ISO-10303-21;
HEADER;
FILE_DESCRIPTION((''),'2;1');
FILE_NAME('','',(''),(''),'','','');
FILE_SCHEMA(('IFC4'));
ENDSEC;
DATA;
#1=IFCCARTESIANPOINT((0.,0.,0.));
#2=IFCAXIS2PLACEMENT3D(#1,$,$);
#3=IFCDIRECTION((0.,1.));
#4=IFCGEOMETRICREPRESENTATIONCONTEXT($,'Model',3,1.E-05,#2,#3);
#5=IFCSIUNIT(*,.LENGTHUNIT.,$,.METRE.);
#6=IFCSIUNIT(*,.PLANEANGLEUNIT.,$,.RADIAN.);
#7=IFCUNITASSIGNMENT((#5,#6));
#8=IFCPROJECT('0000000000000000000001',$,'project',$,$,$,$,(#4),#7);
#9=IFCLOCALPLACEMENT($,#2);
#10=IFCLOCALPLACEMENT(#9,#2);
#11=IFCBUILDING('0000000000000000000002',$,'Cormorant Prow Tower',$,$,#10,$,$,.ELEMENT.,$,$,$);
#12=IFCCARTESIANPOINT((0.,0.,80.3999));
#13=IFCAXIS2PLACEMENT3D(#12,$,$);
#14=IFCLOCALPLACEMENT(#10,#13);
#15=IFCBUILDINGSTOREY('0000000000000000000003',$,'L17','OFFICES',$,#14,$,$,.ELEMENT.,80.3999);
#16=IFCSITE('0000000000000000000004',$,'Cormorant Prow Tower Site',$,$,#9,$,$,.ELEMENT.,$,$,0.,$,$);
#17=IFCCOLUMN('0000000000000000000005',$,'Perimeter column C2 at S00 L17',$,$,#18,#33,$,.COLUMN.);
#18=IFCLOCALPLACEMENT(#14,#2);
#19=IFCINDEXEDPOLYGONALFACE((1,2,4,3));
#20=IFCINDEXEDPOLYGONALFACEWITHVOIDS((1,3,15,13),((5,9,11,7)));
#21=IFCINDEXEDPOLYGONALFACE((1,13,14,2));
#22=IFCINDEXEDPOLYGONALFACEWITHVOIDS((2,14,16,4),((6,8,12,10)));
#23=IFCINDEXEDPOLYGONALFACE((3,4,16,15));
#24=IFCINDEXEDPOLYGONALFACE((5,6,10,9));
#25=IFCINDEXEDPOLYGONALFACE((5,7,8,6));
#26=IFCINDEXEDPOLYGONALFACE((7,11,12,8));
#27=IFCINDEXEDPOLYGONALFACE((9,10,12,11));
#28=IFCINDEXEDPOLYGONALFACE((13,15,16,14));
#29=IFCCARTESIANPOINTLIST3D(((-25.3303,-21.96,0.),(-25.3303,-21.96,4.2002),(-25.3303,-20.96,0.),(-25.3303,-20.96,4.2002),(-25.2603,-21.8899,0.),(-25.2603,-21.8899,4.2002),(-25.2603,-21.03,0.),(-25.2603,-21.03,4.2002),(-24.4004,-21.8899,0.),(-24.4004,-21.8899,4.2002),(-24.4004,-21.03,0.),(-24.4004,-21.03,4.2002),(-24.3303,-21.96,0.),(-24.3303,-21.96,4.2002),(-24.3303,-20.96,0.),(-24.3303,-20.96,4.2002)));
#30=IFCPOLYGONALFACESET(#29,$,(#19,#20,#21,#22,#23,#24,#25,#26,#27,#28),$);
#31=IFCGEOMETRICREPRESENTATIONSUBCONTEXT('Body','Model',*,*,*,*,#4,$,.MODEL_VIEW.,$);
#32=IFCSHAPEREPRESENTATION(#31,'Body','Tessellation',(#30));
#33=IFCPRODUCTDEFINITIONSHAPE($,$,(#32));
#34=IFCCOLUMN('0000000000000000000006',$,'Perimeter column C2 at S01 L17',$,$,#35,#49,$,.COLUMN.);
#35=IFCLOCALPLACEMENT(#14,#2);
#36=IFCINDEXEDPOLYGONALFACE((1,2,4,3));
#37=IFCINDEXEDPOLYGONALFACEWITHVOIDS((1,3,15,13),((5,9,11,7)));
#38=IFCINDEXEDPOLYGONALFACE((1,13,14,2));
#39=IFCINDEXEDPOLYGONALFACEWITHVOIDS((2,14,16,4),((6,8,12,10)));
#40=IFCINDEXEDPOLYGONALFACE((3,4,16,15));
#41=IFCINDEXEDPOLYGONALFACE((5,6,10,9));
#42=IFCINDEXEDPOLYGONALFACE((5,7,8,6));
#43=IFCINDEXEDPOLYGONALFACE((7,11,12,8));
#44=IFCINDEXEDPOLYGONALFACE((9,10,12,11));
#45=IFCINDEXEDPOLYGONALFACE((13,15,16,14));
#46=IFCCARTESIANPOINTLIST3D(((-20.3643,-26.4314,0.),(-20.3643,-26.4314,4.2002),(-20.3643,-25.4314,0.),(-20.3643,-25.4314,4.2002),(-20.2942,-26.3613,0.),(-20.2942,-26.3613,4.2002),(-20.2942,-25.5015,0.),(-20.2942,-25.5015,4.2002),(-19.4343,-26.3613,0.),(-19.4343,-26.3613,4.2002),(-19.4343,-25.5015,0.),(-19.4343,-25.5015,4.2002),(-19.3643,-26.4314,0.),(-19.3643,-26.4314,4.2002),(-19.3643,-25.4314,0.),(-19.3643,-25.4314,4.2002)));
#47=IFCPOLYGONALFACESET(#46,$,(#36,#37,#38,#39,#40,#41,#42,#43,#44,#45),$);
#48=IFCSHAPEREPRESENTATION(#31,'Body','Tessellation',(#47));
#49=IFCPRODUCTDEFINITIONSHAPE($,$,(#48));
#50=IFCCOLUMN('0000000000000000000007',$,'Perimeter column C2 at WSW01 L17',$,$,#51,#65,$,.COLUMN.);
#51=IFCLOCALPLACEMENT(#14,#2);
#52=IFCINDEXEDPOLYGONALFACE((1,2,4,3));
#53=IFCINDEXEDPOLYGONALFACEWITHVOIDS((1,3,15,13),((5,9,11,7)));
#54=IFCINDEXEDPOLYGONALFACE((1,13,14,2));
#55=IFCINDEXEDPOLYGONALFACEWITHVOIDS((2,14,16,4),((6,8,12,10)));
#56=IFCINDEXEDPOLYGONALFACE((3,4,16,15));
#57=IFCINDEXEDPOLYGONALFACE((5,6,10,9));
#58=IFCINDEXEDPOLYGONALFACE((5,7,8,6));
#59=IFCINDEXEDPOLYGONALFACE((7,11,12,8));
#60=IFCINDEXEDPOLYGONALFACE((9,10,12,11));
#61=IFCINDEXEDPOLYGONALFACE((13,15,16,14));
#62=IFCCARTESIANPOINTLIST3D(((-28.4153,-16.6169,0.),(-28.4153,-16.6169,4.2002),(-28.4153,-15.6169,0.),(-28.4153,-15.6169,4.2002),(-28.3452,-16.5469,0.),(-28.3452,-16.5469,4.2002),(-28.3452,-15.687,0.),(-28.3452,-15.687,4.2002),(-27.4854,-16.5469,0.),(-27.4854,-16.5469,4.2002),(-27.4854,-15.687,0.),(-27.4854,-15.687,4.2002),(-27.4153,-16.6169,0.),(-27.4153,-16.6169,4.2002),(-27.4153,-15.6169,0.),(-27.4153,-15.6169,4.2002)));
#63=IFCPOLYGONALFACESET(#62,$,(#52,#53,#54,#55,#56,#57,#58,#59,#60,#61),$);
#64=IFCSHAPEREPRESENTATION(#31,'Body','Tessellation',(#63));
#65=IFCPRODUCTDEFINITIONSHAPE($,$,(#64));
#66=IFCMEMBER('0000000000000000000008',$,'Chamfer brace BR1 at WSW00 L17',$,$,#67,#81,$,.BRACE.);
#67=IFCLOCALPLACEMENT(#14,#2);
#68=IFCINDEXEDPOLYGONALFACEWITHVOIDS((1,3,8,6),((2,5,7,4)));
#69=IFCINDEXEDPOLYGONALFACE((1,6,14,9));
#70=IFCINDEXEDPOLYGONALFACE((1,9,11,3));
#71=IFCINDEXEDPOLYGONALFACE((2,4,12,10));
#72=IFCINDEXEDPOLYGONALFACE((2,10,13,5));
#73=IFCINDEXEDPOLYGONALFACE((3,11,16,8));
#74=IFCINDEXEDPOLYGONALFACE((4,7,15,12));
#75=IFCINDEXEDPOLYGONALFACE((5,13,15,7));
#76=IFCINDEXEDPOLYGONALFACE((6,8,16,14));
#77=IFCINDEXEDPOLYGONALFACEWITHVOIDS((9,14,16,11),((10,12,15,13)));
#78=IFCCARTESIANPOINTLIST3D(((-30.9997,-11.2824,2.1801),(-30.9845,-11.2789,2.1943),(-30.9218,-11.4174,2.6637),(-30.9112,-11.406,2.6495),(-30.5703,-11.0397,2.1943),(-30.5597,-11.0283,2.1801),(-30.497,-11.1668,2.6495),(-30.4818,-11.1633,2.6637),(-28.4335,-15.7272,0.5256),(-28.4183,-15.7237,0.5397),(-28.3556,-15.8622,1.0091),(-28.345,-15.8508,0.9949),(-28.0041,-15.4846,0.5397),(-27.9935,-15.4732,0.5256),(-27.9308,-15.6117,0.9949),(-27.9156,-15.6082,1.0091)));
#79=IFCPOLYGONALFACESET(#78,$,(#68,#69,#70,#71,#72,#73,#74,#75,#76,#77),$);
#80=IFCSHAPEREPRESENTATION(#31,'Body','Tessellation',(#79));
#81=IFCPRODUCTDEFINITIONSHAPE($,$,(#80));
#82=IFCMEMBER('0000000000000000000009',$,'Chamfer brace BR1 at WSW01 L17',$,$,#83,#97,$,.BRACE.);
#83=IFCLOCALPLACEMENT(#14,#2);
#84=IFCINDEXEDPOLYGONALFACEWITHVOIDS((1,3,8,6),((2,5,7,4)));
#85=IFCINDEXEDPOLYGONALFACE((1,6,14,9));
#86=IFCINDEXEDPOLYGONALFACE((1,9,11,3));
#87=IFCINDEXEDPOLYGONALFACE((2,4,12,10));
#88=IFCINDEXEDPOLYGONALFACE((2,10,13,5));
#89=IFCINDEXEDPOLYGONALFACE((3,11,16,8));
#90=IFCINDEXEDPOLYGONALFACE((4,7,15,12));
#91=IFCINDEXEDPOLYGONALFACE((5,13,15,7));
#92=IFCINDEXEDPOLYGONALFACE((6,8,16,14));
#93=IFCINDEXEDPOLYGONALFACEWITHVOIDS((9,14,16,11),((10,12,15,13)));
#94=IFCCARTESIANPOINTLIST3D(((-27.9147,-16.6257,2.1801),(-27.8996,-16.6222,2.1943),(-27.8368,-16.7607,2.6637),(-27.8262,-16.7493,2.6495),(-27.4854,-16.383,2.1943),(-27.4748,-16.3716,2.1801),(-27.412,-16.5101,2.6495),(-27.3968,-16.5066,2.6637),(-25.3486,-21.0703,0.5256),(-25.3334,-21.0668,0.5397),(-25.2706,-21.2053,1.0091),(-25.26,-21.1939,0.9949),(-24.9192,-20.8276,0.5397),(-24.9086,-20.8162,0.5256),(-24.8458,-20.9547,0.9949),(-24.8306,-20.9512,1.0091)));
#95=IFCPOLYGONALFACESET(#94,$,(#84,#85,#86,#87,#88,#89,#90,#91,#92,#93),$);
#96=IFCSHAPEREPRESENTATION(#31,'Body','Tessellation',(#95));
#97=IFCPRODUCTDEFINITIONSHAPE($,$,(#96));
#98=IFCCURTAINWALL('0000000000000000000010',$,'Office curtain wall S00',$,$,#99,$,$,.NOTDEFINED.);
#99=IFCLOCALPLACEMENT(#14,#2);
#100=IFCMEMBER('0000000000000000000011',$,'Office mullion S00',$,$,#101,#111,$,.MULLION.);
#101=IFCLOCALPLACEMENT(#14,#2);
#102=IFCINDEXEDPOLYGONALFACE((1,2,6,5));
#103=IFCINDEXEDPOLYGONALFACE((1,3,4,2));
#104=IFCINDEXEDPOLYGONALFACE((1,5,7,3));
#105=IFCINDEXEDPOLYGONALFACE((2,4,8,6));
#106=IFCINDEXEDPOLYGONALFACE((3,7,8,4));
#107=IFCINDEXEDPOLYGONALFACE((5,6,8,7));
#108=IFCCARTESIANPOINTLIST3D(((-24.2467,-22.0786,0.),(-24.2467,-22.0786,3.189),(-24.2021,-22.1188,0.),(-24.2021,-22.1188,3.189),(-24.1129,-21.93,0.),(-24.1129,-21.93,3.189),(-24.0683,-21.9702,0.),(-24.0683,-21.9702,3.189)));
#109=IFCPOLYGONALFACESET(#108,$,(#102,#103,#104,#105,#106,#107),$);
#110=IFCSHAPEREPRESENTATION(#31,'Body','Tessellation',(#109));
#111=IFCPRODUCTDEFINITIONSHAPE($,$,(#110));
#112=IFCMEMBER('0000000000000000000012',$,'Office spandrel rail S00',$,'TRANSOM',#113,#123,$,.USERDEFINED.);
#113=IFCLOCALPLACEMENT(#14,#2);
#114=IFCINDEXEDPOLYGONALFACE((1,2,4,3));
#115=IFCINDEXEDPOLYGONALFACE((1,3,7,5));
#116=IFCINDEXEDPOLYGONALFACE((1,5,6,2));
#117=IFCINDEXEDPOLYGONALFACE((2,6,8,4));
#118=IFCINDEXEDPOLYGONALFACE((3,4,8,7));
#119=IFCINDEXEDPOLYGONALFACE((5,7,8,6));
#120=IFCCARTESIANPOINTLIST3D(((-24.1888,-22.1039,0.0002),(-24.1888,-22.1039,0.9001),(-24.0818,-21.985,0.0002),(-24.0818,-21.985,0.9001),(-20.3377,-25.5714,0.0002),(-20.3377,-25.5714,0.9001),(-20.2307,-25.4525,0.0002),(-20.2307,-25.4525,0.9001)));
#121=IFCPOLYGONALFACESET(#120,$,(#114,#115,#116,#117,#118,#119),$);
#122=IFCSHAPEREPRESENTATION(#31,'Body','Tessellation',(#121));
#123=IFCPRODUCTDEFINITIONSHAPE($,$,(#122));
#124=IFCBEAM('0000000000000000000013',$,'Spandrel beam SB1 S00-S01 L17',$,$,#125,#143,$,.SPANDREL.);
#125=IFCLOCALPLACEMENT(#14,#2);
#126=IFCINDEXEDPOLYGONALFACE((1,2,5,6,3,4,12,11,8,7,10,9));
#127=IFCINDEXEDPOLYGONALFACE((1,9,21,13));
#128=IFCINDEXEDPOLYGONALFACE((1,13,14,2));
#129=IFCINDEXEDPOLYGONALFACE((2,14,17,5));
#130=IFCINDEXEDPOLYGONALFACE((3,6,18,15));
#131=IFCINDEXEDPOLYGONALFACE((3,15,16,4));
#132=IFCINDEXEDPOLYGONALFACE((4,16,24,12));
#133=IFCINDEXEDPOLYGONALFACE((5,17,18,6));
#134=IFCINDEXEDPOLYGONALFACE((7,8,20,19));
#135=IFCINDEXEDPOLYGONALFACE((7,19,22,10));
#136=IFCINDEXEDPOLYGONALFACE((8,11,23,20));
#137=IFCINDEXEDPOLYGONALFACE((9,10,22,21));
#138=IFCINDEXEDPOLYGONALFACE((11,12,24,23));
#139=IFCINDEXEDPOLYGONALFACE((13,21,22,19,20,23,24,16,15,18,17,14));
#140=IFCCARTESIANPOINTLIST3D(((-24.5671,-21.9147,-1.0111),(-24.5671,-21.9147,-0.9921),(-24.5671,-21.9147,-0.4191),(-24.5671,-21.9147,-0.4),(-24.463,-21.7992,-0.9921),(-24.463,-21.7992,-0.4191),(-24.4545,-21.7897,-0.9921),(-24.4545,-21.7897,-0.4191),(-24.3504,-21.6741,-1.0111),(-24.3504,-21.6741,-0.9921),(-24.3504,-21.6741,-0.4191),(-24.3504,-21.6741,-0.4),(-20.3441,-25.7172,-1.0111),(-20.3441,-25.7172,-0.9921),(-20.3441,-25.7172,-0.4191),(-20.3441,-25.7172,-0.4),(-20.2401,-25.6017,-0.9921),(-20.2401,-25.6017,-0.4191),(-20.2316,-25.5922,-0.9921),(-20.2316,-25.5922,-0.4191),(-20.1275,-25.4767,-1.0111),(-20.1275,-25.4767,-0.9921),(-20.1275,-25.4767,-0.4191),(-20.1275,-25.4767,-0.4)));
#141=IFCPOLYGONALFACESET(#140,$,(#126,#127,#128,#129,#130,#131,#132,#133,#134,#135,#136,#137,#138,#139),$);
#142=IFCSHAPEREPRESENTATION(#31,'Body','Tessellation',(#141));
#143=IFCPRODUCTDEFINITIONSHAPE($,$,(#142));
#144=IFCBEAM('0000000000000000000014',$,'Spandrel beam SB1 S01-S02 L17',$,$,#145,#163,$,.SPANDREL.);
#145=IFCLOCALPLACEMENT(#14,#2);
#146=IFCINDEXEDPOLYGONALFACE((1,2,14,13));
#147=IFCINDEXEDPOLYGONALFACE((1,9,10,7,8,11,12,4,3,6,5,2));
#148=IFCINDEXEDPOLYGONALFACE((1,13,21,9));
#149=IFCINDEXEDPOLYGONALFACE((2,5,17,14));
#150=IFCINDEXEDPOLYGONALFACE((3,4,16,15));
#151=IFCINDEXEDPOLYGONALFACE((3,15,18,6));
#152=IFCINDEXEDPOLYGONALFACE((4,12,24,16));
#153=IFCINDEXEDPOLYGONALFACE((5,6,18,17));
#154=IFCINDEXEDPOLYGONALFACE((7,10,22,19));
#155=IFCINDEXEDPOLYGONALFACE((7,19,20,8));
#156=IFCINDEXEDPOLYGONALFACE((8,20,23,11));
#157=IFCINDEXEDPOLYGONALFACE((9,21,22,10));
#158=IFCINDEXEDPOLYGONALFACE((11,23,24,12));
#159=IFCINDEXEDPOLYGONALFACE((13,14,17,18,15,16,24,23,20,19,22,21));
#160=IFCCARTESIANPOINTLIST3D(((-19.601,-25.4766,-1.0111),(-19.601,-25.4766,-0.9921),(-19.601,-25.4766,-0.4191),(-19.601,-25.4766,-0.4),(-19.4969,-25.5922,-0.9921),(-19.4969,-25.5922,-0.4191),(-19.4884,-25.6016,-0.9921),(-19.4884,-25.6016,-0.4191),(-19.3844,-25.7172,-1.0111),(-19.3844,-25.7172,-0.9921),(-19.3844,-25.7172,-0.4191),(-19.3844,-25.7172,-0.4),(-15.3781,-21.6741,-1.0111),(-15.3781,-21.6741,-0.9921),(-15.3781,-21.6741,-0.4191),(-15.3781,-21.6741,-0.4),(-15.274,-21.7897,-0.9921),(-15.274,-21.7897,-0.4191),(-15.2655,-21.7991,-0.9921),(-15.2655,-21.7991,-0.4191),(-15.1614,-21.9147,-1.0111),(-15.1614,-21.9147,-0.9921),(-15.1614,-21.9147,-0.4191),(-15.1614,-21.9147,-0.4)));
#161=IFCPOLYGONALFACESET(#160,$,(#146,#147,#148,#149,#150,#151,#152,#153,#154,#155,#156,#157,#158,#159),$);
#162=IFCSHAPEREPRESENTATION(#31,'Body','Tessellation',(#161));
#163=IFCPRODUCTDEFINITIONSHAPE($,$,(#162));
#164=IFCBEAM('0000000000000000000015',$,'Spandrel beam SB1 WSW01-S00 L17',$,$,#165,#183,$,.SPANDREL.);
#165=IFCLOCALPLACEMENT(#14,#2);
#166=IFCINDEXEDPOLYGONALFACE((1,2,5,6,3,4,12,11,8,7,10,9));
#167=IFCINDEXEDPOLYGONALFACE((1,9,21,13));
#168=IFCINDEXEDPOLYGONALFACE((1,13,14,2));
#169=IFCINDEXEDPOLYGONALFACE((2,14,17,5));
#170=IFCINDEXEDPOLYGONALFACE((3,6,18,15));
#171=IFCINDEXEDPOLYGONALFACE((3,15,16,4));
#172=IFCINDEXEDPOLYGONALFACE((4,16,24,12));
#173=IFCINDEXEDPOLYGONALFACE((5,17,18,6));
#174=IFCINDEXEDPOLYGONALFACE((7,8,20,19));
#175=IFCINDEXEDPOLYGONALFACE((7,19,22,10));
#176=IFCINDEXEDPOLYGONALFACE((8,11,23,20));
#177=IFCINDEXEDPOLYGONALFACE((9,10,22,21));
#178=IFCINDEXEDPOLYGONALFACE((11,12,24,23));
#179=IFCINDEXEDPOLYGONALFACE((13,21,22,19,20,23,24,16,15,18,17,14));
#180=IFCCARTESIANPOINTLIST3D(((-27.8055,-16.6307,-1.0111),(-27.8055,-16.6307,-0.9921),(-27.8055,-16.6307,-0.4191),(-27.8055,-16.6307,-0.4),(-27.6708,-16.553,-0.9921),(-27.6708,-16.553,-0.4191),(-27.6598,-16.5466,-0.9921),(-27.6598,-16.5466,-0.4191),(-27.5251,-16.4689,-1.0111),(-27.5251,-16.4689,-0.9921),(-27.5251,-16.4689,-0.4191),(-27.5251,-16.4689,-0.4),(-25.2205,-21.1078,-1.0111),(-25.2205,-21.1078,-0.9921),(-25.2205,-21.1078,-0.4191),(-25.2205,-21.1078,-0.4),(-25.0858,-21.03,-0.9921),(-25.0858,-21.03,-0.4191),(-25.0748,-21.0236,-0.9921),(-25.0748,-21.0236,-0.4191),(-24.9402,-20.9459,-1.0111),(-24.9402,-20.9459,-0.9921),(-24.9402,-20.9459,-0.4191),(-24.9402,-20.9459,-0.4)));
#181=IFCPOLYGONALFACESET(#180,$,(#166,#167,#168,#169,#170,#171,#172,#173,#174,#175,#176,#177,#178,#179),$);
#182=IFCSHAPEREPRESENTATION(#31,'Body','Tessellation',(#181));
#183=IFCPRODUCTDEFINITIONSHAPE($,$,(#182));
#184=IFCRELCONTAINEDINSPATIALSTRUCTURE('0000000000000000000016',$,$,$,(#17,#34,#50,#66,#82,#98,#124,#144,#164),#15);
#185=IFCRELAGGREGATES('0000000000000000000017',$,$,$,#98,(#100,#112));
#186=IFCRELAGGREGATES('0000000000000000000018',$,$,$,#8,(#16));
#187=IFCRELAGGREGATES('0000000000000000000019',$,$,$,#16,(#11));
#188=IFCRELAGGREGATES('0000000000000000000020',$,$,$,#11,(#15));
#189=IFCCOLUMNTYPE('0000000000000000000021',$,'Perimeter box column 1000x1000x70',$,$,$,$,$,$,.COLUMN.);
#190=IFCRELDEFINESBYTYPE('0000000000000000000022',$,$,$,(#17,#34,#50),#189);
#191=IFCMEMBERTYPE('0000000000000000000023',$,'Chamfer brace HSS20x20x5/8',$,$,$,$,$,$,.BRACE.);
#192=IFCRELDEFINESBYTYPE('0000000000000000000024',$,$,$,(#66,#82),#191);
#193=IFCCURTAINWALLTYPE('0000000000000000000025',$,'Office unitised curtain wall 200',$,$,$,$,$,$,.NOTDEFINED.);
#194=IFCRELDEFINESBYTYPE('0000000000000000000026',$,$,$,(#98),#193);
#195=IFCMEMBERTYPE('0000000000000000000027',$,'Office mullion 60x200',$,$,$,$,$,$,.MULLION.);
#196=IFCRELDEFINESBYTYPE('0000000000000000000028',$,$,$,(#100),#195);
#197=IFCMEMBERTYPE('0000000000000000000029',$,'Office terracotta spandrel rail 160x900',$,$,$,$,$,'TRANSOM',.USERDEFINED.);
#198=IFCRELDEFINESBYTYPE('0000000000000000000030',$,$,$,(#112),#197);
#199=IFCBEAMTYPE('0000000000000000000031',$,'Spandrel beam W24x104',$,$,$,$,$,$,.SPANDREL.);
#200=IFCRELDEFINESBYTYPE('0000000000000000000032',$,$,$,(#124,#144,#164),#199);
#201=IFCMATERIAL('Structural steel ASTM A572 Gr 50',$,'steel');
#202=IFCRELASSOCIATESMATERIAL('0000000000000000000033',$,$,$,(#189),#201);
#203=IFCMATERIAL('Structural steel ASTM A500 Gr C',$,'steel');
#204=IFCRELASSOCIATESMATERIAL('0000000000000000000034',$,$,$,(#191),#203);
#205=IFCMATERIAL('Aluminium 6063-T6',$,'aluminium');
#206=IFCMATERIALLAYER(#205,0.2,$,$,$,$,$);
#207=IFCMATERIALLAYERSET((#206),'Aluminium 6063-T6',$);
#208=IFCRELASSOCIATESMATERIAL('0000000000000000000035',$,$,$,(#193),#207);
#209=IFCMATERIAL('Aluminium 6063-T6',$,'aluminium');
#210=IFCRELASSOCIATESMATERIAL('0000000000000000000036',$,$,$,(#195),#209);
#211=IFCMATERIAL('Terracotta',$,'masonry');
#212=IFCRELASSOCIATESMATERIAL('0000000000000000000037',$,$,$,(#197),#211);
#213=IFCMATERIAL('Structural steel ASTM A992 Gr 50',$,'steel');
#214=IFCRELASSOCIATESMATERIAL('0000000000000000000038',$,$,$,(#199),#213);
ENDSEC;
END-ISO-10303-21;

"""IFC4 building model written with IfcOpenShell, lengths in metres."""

from ifc_helpers import new_model, si_unit, direction, frame, origin, origin_2d, place, context, subcontext, project, spatial, rectangle, hollow_rectangle, i_section, extrude, material, layer, layer_set, material_profile, profile_set, type_object, element, aggregate, save


model = new_model("IFC4")

# Units and contexts
model_context = context("Model", 3, precision=1e-05, world=origin(), true_north=direction((0.0, 1.0)))
body_context = subcontext(model_context, "Body", "Model", "MODEL_VIEW")
ifc_project = project(units=[si_unit("LENGTHUNIT", "METRE"), si_unit("PLANEANGLEUNIT", "RADIAN")], contexts=[model_context])

# Site, building, storey
site_placement = place(None, origin())
site = spatial("IfcSite", under=ifc_project, at=site_placement, Name="Cormorant Prow Tower Site", CompositionType="ELEMENT", RefElevation=0.0)
building_placement = place(site_placement, origin())
building = spatial("IfcBuilding", under=site, at=building_placement, Name="Cormorant Prow Tower", CompositionType="ELEMENT")
storey_placement = place(building_placement, frame((0.0, 0.0, 80.3999)))
storey = spatial("IfcBuildingStorey", under=building, at=storey_placement, Name="L17", Description="OFFICES", CompositionType="ELEMENT", Elevation=80.3999)

# Columns
ifc_material_1 = material(Name="Structural steel ASTM A572 Gr 50", Category="steel")
ifc_material_profile_1 = material_profile(ifc_material_1, hollow_rectangle(XDim=1.0, YDim=1.0, WallThickness=0.0701, at=origin_2d()), Name="Box 1000x1000x70")
ifc_profile_set_1 = profile_set([ifc_material_profile_1], Name="Structural steel ASTM A572 Gr 50")
column_type = type_object("IfcColumnType", Name="Perimeter box column 1000x1000x70", PredefinedType="COLUMN", material=ifc_profile_set_1)
for number, where, z_axis, x_axis, name in (
    (1, (-24.8303, -21.46, 0.0), (0.0, 0.0, 1.0), (1.0, 0.0, 0.0), "Perimeter column C2 at S00 L17"),
    (2, (-19.8643, -25.9314, 0.0), (0.0, 0.0, 1.0), (1.0, 0.0, 0.0), "Perimeter column C2 at S01 L17"),
    (3, (-27.9153, -16.1169, 0.0), (0.0, 0.0, 1.0), (1.0, 0.0, 0.0), "Perimeter column C2 at WSW01 L17"),
):
    element("IfcColumn", number, at=place(storey_placement, frame(where, z_axis=z_axis, x_axis=x_axis)), inside=storey, type_object=column_type, Name=name, PredefinedType="COLUMN", context=body_context, shape_type="SweptSolid", body=[
        extrude(hollow_rectangle(XDim=1.0, YDim=1.0, WallThickness=0.0701, at=origin_2d()), origin(), (0.0, 0.0, 1.0), 4.2002),
    ])

# Members
ifc_material_2 = material(Name="Structural steel ASTM A500 Gr C", Category="steel")
ifc_material_profile_2 = material_profile(ifc_material_2, hollow_rectangle(XDim=0.5081, YDim=0.5081, WallThickness=0.0149, at=origin_2d()), Name="HSS20x20x5/8")
ifc_profile_set_2 = profile_set([ifc_material_profile_2], Name="Structural steel ASTM A500 Gr C")
member_type_1 = type_object("IfcMemberType", Name="Chamfer brace HSS20x20x5/8", PredefinedType="BRACE", material=ifc_profile_set_2)
member_1_placement = place(storey_placement, frame((-28.1746, -15.6677, 0.7673), z_axis=(-0.475875, 0.824259, 0.306822), x_axis=(-0.86603, -0.499991, 0.0)))
element("IfcMember", 4, at=member_1_placement, inside=storey, type_object=member_type_1, Name="Chamfer brace BR1 at WSW00 L17", PredefinedType="BRACE", context=body_context, shape_type="SweptSolid", body=[
    extrude(hollow_rectangle(XDim=0.5081, YDim=0.5081, WallThickness=0.0149, at=origin_2d()), origin(), (0.0, 0.0, 1.0), 5.3926),
])
member_2_placement = place(storey_placement, frame((-25.0896, -21.0107, 0.7673), z_axis=(-0.475893, 0.824244, 0.306834), x_axis=(-0.866018, -0.500012, 0.0)))
element("IfcMember", 5, at=member_2_placement, inside=storey, type_object=member_type_1, Name="Chamfer brace BR1 at WSW01 L17", PredefinedType="BRACE", context=body_context, shape_type="SweptSolid", body=[
    extrude(hollow_rectangle(XDim=0.5081, YDim=0.5081, WallThickness=0.0149, at=origin_2d()), origin(), (0.0, 0.0, 1.0), 5.3923),
])

# Curtain wall, members
ifc_material_3 = material(Name="Aluminium 6063-T6", Category="aluminium")
ifc_layer_1 = layer(ifc_material_3, 0.2)
ifc_layer_set_1 = layer_set([ifc_layer_1], Name="Aluminium 6063-T6")
curtain_wall_type = type_object("IfcCurtainWallType", Name="Office unitised curtain wall 200", PredefinedType="NOTDEFINED", material=ifc_layer_set_1)
curtain_wall_placement = place(storey_placement, origin())
curtain_wall = element("IfcCurtainWall", 6, at=curtain_wall_placement, inside=storey, type_object=curtain_wall_type, Name="Office curtain wall S00", PredefinedType="NOTDEFINED")
ifc_material_4 = material(Name="Aluminium 6063-T6", Category="aluminium")
ifc_material_profile_3 = material_profile(ifc_material_4, rectangle(XDim=0.2, YDim=0.0601, at=origin_2d()), Name="Office mullion 60x200")
ifc_profile_set_3 = profile_set([ifc_material_profile_3], Name="Aluminium 6063-T6")
member_type_2 = type_object("IfcMemberType", Name="Office mullion 60x200", PredefinedType="MULLION", material=ifc_profile_set_3)
member_3_placement = place(storey_placement, frame((-24.1575, -22.0244, 0.0), z_axis=(0.0, 0.0, 1.0), x_axis=(0.669131, 0.743145, 0.0)))
member_3 = element("IfcMember", 7, at=member_3_placement, type_object=member_type_2, Name="Office mullion S00", PredefinedType="MULLION", context=body_context, shape_type="SweptSolid", body=[
    extrude(rectangle(XDim=0.2, YDim=0.0601, at=origin_2d()), origin(), (0.0, 0.0, 1.0), 3.189),
])
ifc_material_5 = material(Name="Terracotta", Category="masonry")
ifc_material_profile_4 = material_profile(ifc_material_5, rectangle(XDim=0.1599, YDim=0.8999, at=origin_2d()), Name="Office terracotta spandrel rail 160x900")
ifc_profile_set_4 = profile_set([ifc_material_profile_4], Name="Terracotta")
member_type_3 = type_object("IfcMemberType", Name="Office terracotta spandrel rail 160x900", ElementType="TRANSOM", PredefinedType="USERDEFINED", material=ifc_profile_set_4)
member_4_placement = place(storey_placement, frame((-24.1353, -22.0444, 0.4502), z_axis=(0.743144, -0.669131, 0.0), x_axis=(0.669131, 0.743144, 0.0)))
member_4 = element("IfcMember", 8, at=member_4_placement, type_object=member_type_3, Name="Office spandrel rail S00", ObjectType="TRANSOM", PredefinedType="USERDEFINED", context=body_context, shape_type="SweptSolid", body=[
    extrude(rectangle(XDim=0.1599, YDim=0.8999, at=origin_2d()), origin(), (0.0, 0.0, 1.0), 5.1821),
])

# Beams
ifc_material_6 = material(Name="Structural steel ASTM A992 Gr 50", Category="steel")
ifc_material_profile_5 = material_profile(ifc_material_6, i_section(OverallWidth=0.3237, OverallDepth=0.6111, WebThickness=0.0127, FlangeThickness=0.019, at=origin_2d()), Name="W24x104")
ifc_profile_set_5 = profile_set([ifc_material_profile_5], Name="Structural steel ASTM A992 Gr 50")
beam_type = type_object("IfcBeamType", Name="Spandrel beam W24x104", PredefinedType="SPANDREL", material=ifc_profile_set_5)
for number, where, z_axis, x_axis, name in (
    (9, (-24.4587, -21.7944, -0.7056), (0.74313, -0.669147, 0.0), (0.669147, 0.74313, 0.0), "Spandrel beam SB1 S00-S01 L17"),
    (10, (-19.4927, -25.5969, -0.7056), (0.74313, 0.669147, 0.0), (-0.669147, 0.74313, 0.0), "Spandrel beam SB1 S01-S02 L17"),
):
    element("IfcBeam", number, at=place(storey_placement, frame(where, z_axis=z_axis, x_axis=x_axis)), inside=storey, type_object=beam_type, Name=name, PredefinedType="SPANDREL", context=body_context, shape_type="SweptSolid", body=[
        extrude(i_section(OverallWidth=0.3237, OverallDepth=0.6111, WebThickness=0.0127, FlangeThickness=0.019, at=origin_2d()), origin(), (0.0, 0.0, 1.0), 5.6826),
    ])
beam_placement = place(storey_placement, frame((-27.6653, -16.5498, -0.7056), z_axis=(0.50002, -0.866014, 0.0), x_axis=(0.866014, 0.50002, 0.0)))
element("IfcBeam", 11, at=beam_placement, inside=storey, type_object=beam_type, Name="Spandrel beam SB1 WSW01-S00 L17", PredefinedType="SPANDREL", context=body_context, shape_type="SweptSolid", body=[
    extrude(i_section(OverallWidth=0.3237, OverallDepth=0.6111, WebThickness=0.0127, FlangeThickness=0.019, at=origin_2d()), origin(), (0.0, 0.0, 1.0), 5.1697),
])

aggregate(curtain_wall, [member_3, member_4])

save(model, "model.ifc")
